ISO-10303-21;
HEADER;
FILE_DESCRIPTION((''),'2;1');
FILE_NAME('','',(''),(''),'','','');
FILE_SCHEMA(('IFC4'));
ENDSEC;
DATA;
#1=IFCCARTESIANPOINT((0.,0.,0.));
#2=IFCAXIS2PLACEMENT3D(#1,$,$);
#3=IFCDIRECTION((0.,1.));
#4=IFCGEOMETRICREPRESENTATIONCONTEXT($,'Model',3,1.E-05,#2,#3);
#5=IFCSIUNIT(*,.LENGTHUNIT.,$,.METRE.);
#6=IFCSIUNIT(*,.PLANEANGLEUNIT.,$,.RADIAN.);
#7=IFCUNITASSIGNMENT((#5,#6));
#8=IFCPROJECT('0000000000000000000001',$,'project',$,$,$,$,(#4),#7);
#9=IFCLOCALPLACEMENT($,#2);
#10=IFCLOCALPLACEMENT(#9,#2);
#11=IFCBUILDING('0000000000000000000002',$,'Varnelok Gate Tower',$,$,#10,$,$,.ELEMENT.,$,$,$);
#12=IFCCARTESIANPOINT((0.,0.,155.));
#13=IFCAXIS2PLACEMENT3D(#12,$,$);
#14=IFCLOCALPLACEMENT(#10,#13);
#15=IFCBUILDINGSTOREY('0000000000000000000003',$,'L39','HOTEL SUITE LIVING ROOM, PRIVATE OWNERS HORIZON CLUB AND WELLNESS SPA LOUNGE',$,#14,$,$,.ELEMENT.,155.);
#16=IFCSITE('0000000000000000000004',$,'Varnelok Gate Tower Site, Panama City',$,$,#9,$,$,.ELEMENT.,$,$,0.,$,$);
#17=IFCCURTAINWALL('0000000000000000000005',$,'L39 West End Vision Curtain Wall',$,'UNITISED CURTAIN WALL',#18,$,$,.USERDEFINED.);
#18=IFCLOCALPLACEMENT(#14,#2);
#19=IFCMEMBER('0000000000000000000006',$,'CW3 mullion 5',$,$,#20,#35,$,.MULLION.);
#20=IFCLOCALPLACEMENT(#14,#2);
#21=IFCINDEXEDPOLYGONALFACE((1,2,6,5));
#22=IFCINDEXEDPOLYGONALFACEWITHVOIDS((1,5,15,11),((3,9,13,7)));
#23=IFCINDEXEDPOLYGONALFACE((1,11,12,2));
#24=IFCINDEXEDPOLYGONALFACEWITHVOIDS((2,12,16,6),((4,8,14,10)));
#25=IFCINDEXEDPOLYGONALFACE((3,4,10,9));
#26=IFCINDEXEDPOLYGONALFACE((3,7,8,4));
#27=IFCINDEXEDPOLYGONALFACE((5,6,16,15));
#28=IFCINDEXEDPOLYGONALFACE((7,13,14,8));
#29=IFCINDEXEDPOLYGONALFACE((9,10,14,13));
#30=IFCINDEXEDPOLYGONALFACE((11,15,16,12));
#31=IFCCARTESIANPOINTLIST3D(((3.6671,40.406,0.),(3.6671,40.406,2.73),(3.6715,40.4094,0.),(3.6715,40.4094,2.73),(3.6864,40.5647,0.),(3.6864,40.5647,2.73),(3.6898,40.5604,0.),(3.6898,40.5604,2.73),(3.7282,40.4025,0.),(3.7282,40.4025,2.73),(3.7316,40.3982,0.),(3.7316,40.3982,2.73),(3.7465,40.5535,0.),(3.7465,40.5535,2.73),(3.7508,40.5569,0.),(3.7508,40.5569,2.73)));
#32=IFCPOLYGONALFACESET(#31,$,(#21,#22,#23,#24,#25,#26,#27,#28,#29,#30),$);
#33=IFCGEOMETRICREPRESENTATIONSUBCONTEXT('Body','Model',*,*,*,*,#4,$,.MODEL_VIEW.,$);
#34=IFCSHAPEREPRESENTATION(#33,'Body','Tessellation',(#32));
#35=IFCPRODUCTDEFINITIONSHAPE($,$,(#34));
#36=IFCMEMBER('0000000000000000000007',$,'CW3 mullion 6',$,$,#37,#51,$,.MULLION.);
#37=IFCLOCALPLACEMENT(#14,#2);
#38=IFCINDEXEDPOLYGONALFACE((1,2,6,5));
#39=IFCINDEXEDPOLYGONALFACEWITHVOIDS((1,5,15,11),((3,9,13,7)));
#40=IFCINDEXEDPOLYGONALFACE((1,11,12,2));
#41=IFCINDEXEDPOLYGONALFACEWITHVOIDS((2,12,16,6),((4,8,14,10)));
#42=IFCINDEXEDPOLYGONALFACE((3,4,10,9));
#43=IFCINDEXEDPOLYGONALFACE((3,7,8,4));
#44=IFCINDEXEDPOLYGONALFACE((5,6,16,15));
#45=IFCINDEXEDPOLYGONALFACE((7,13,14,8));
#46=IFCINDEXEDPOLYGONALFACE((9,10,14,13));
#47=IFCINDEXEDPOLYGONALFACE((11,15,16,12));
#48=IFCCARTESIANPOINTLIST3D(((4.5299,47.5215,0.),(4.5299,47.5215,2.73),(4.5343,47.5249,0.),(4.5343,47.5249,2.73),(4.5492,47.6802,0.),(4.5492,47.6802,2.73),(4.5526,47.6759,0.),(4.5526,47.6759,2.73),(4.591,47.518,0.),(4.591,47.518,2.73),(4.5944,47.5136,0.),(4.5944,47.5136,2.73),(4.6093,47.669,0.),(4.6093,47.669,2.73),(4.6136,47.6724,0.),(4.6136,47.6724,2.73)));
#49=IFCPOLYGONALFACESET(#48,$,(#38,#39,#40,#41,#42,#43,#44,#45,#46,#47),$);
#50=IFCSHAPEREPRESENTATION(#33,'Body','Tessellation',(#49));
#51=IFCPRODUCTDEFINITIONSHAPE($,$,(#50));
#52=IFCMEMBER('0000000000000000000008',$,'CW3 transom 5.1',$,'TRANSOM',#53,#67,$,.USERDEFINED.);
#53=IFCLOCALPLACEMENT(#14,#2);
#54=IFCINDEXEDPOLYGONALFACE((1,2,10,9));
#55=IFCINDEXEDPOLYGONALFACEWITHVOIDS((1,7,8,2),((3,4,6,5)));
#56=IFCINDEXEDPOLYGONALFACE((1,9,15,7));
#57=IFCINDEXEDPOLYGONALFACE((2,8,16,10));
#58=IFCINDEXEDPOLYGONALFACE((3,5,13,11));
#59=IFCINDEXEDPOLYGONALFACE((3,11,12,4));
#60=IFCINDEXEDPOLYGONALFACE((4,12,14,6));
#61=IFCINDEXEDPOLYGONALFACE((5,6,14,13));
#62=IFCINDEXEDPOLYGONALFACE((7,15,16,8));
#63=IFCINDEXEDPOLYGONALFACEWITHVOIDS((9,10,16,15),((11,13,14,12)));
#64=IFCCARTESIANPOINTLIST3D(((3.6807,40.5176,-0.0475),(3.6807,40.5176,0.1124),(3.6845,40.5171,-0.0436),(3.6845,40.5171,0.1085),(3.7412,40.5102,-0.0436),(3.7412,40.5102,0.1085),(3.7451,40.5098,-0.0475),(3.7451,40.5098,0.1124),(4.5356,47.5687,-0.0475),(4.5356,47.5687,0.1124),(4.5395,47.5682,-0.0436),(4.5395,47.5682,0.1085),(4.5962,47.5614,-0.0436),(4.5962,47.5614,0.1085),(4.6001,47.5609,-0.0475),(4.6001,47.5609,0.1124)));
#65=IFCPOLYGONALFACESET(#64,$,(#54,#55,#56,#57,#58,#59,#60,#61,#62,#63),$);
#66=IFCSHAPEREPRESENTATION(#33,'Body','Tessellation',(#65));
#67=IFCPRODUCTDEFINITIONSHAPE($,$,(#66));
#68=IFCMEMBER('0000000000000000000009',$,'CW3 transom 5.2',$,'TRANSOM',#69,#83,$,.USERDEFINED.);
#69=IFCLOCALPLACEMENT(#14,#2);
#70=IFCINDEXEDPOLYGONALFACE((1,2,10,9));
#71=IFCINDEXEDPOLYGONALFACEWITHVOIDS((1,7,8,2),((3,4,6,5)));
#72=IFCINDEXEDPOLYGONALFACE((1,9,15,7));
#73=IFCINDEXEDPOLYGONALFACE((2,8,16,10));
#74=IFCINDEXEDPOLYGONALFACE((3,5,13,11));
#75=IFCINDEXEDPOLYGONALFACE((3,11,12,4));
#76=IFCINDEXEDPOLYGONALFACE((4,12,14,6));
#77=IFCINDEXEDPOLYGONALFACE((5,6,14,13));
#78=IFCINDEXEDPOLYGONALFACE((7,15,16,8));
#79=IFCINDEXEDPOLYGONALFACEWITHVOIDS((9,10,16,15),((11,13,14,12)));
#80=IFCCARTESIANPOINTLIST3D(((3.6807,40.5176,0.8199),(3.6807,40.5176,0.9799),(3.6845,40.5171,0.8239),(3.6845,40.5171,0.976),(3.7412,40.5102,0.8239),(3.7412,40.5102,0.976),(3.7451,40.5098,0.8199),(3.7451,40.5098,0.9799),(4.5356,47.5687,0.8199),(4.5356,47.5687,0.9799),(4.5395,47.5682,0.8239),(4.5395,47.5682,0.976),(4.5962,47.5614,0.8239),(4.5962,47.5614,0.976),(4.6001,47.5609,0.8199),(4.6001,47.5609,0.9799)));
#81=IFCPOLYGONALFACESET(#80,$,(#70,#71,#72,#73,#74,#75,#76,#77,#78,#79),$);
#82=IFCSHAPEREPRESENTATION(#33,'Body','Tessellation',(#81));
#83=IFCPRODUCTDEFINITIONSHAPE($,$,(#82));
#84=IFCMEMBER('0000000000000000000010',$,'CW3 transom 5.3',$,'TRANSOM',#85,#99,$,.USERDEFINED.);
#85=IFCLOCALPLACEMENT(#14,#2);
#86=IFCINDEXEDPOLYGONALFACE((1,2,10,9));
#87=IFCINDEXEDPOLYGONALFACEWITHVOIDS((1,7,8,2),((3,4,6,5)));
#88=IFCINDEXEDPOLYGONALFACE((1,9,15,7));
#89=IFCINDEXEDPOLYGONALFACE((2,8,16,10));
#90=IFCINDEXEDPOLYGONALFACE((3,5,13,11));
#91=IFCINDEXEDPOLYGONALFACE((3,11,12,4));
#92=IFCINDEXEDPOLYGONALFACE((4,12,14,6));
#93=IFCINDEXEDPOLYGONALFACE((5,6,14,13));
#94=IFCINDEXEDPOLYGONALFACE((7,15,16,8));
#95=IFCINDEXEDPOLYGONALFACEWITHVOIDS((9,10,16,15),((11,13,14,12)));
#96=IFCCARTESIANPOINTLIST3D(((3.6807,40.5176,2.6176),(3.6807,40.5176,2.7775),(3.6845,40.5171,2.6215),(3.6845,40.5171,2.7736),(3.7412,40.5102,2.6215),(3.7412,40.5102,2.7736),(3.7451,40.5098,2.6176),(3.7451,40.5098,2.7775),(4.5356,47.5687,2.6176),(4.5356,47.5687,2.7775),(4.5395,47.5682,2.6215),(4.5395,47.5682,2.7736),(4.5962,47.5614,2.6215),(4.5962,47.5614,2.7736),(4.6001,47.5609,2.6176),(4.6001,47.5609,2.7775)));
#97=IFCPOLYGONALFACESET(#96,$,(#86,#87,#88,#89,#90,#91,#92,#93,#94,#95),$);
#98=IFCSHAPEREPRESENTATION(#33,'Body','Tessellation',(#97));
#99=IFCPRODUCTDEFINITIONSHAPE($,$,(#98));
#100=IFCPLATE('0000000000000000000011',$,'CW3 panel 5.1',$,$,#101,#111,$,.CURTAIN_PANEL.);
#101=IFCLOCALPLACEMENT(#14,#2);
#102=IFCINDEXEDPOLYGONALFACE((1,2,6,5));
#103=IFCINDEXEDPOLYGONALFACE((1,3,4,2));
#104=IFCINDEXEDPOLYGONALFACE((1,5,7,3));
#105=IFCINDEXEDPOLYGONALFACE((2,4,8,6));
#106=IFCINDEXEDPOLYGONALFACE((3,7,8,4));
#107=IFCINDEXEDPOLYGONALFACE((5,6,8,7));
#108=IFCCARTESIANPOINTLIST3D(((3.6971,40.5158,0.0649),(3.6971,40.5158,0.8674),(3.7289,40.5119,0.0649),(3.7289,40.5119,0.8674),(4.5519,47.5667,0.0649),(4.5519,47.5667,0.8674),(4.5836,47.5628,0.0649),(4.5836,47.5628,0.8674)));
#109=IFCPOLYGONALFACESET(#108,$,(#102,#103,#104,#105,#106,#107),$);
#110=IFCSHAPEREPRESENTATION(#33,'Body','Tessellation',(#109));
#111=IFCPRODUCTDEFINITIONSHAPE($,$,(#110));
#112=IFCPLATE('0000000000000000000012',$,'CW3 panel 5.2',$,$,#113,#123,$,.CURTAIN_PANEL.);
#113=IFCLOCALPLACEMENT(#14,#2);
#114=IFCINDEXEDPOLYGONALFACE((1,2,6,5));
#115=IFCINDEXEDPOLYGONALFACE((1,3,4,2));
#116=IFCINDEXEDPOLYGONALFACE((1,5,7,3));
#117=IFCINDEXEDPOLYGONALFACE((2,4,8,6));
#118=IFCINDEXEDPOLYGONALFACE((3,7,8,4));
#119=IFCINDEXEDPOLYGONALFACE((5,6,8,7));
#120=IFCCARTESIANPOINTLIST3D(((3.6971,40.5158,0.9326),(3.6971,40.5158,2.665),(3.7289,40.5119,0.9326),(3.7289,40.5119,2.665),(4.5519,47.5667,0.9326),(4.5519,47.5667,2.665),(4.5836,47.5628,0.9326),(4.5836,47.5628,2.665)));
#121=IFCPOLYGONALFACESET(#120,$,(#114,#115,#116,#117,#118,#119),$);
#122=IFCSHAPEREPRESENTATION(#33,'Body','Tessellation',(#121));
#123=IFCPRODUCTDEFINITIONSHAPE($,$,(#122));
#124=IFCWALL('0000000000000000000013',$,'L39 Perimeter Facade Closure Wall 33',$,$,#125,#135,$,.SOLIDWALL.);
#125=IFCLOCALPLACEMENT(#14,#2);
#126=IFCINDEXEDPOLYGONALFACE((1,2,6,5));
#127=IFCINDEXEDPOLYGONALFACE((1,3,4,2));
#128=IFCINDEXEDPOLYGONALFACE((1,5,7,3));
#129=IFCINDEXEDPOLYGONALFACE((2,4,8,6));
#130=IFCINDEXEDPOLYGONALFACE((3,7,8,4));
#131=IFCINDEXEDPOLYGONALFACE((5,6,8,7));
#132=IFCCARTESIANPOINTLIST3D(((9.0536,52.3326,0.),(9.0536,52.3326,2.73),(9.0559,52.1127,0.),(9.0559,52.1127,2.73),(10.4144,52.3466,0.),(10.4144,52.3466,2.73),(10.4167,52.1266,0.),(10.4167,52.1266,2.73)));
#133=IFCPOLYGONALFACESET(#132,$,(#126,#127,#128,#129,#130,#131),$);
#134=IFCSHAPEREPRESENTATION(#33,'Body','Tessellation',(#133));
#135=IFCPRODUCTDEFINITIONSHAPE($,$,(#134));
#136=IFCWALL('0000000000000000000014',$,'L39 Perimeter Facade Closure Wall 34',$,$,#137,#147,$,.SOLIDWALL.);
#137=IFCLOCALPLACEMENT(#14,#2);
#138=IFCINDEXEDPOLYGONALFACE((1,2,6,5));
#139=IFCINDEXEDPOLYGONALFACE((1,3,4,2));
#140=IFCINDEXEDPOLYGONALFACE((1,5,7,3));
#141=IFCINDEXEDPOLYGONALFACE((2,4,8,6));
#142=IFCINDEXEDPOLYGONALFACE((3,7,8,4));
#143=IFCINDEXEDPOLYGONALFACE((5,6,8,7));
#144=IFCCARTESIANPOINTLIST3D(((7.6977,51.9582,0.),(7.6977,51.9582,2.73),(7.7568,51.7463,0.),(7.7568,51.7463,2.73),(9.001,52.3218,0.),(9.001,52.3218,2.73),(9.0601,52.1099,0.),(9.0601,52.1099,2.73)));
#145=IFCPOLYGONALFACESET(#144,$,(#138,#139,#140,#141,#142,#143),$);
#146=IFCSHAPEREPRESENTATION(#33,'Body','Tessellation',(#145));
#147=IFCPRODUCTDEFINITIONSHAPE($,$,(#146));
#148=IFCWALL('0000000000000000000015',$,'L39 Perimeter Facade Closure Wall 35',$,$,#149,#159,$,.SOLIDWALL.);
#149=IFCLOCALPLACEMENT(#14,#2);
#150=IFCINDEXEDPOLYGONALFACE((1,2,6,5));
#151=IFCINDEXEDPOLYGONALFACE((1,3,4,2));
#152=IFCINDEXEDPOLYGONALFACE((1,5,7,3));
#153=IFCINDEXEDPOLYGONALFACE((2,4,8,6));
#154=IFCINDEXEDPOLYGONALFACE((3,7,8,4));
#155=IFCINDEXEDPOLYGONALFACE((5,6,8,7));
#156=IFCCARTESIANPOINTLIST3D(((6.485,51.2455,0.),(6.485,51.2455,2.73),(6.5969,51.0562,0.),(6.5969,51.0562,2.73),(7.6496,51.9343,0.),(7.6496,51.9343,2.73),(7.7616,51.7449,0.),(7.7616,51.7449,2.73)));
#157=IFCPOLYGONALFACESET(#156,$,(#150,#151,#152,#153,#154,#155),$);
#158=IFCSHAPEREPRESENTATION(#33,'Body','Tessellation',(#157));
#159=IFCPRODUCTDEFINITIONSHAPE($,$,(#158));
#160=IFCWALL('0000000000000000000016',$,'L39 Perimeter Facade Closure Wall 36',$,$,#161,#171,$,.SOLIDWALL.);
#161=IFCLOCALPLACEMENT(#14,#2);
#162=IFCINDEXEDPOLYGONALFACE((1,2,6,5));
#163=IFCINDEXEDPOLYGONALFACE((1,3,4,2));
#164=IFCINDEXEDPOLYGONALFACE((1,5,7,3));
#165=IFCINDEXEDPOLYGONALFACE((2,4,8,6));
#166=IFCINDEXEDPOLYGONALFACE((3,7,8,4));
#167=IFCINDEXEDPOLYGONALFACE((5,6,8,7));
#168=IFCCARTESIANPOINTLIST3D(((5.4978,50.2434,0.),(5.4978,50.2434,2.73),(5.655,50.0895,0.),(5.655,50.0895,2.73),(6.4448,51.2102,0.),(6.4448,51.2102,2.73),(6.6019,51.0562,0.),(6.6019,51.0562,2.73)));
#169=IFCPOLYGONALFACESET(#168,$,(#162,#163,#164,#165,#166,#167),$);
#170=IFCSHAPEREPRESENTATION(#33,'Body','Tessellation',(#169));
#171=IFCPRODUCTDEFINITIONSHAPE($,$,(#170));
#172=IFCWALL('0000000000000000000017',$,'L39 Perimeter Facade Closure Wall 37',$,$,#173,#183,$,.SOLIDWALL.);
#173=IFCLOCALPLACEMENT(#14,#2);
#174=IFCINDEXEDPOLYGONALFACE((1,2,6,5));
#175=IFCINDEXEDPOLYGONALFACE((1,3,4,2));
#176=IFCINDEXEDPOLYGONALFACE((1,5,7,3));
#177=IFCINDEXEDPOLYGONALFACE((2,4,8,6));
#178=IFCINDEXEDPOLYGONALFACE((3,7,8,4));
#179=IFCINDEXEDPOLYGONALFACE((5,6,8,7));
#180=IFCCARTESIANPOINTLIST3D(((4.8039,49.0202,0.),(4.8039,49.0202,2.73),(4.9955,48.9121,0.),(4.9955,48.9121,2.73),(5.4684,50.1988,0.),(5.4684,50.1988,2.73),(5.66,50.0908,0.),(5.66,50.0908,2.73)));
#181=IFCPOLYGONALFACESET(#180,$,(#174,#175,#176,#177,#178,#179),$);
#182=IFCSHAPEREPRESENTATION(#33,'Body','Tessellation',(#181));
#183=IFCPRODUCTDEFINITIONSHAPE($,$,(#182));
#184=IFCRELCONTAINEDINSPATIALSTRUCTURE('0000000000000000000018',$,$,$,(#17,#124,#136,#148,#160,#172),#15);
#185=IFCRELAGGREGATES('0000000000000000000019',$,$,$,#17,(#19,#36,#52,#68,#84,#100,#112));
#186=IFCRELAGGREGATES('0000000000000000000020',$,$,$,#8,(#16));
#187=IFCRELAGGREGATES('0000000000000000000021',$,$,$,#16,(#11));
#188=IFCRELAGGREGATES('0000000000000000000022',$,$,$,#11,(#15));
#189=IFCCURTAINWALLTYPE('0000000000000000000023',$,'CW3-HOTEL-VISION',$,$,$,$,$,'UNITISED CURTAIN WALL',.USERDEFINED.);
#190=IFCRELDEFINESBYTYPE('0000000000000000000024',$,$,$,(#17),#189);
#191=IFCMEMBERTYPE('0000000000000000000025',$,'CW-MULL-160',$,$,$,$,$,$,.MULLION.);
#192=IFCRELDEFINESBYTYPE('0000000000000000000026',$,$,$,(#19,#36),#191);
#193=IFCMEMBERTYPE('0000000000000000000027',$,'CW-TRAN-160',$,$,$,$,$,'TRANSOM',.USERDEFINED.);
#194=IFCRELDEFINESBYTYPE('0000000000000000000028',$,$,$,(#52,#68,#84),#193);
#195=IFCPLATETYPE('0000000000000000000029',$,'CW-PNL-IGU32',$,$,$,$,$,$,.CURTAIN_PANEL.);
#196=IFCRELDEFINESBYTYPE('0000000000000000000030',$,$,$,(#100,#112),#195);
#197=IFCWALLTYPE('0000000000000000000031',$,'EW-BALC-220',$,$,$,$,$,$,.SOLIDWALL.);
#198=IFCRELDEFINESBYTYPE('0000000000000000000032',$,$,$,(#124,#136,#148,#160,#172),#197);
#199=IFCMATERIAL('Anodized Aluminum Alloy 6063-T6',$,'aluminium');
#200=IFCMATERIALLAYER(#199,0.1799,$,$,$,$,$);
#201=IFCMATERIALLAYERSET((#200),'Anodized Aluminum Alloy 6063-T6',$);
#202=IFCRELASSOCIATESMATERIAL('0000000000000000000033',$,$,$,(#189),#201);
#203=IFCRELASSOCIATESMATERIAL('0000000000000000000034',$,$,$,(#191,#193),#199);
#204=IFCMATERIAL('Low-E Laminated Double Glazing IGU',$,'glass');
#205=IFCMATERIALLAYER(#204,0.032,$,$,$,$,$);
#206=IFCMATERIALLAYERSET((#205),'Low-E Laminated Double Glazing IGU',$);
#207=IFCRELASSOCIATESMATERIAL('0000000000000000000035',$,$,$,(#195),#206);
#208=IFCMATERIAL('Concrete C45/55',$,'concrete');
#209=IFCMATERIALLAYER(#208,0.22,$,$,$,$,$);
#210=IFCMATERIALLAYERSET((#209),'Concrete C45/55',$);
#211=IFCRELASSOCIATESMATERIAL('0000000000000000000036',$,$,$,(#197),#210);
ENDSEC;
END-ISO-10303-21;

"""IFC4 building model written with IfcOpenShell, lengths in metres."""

from ifc_helpers import new_model, si_unit, direction, frame, frame_2d, origin, origin_2d, place, context, subcontext, project, spatial, rectangle, hollow_rectangle, extrude, source, transform, mapped, material, layer, layer_set, material_profile, profile_set, type_object, element, aggregate, save


model = new_model("IFC4")

# Units and contexts
model_context = context("Model", 3, precision=1e-05, world=origin(), true_north=direction((0.0, 1.0)))
body_context = subcontext(model_context, "Body", "Model", "MODEL_VIEW")
ifc_project = project(units=[si_unit("LENGTHUNIT", "METRE"), si_unit("PLANEANGLEUNIT", "RADIAN")], contexts=[model_context])

# Site, building, storey
site_placement = place(None, origin())
site = spatial("IfcSite", under=ifc_project, at=site_placement, Name="Varnelok Gate Tower Site, Panama City", CompositionType="ELEMENT", RefElevation=0.0)
building_placement = place(site_placement, origin())
building = spatial("IfcBuilding", under=site, at=building_placement, Name="Varnelok Gate Tower", CompositionType="ELEMENT")
storey_placement = place(building_placement, frame((0.0, 0.0, 155.0)))
storey = spatial("IfcBuildingStorey", under=building, at=storey_placement, Name="L39", Description="HOTEL SUITE LIVING ROOM, PRIVATE OWNERS HORIZON CLUB AND WELLNESS SPA LOUNGE", CompositionType="ELEMENT", Elevation=155.0)

# Curtain wall, members, plates
ifc_material_1 = material(Name="Anodized Aluminum Alloy 6063-T6", Category="aluminium")
ifc_layer_1 = layer(ifc_material_1, 0.1799)
ifc_layer_set_1 = layer_set([ifc_layer_1], Name="Anodized Aluminum Alloy 6063-T6")
curtain_wall_type = type_object("IfcCurtainWallType", Name="CW3-HOTEL-VISION", ElementType="UNITISED CURTAIN WALL", PredefinedType="USERDEFINED", material=ifc_layer_set_1)
curtain_wall_placement = place(storey_placement, origin())
curtain_wall = element("IfcCurtainWall", 1, at=curtain_wall_placement, inside=storey, type_object=curtain_wall_type, Name="L39 West End Vision Curtain Wall", ObjectType="UNITISED CURTAIN WALL", PredefinedType="USERDEFINED")
ifc_material_profile_1 = material_profile(ifc_material_1, hollow_rectangle(XDim=0.0649, YDim=0.1599, WallThickness=0.0039, at=origin_2d()), Name="ALU160X65X4")
ifc_profile_set_1 = profile_set([ifc_material_profile_1], Name="Anodized Aluminum Alloy 6063-T6")
member_type_1 = type_object("IfcMemberType", Name="CW-MULL-160", PredefinedType="MULLION", material=ifc_profile_set_1)
member_1_placement = place(storey_placement, frame((3.709, 40.4814, 0.0), z_axis=(0.0, 0.0, 1.0), x_axis=(-0.992732, 0.120347, 0.0)))
member_1 = element("IfcMember", 2, at=member_1_placement, type_object=member_type_1, Name="CW3 mullion 5", PredefinedType="MULLION", context=body_context, shape_type="SweptSolid", body=[
    extrude(hollow_rectangle(XDim=0.0649, YDim=0.1599, WallThickness=0.0039, at=origin_2d()), origin(), (0.0, 0.0, 1.0), 2.73),
])
member_2_placement = place(storey_placement, frame((4.5718, 47.5969, 0.0), z_axis=(0.0, 0.0, 1.0), x_axis=(-0.992732, 0.120347, 0.0)))
member_2 = element("IfcMember", 3, at=member_2_placement, type_object=member_type_1, Name="CW3 mullion 6", PredefinedType="MULLION", context=body_context, shape_type="SweptSolid", body=[
    extrude(hollow_rectangle(XDim=0.0649, YDim=0.1599, WallThickness=0.0039, at=origin_2d()), origin(), (0.0, 0.0, 1.0), 2.73),
])
ifc_material_profile_2 = material_profile(ifc_material_1, hollow_rectangle(XDim=0.0649, YDim=0.1599, WallThickness=0.0039, at=origin_2d()), Name="ALU160X65X4")
ifc_profile_set_2 = profile_set([ifc_material_profile_2], Name="Anodized Aluminum Alloy 6063-T6")
member_type_2 = type_object("IfcMemberType", Name="CW-TRAN-160", ElementType="TRANSOM", PredefinedType="USERDEFINED", material=ifc_profile_set_2)
member_3_placement = place(storey_placement, frame((3.7129, 40.5137, 0.0325), z_axis=(0.120374, 0.992729, 0.0), x_axis=(-0.992729, 0.120374, 0.0)))
member_3 = element("IfcMember", 4, at=member_3_placement, type_object=member_type_2, Name="CW3 transom 5.1", ObjectType="TRANSOM", PredefinedType="USERDEFINED", context=body_context, shape_type="SweptSolid", body=[
    extrude(hollow_rectangle(XDim=0.0649, YDim=0.1599, WallThickness=0.0039, at=origin_2d()), origin(), (0.0, 0.0, 1.0), 7.1028),
])
member_4_placement = place(storey_placement, frame((3.7129, 40.5137, 0.8999), z_axis=(0.120374, 0.992729, 0.0), x_axis=(-0.992729, 0.120374, 0.0)))
member_4 = element("IfcMember", 5, at=member_4_placement, type_object=member_type_2, Name="CW3 transom 5.2", ObjectType="TRANSOM", PredefinedType="USERDEFINED", context=body_context, shape_type="SweptSolid", body=[
    extrude(hollow_rectangle(XDim=0.0649, YDim=0.1599, WallThickness=0.0039, at=origin_2d()), origin(), (0.0, 0.0, 1.0), 7.1028),
])
member_5_placement = place(storey_placement, frame((3.7129, 40.5137, 2.6975), z_axis=(0.120374, 0.992729, 0.0), x_axis=(-0.992729, 0.120374, 0.0)))
member_5 = element("IfcMember", 6, at=member_5_placement, type_object=member_type_2, Name="CW3 transom 5.3", ObjectType="TRANSOM", PredefinedType="USERDEFINED", context=body_context, shape_type="SweptSolid", body=[
    extrude(hollow_rectangle(XDim=0.0649, YDim=0.1599, WallThickness=0.0039, at=origin_2d()), origin(), (0.0, 0.0, 1.0), 7.1028),
])
ifc_material_2 = material(Name="Low-E Laminated Double Glazing IGU", Category="glass")
ifc_layer_2 = layer(ifc_material_2, 0.032)
ifc_layer_set_2 = layer_set([ifc_layer_2], Name="Low-E Laminated Double Glazing IGU")
plate_type = type_object("IfcPlateType", Name="CW-PNL-IGU32", PredefinedType="CURTAIN_PANEL", material=ifc_layer_set_2)
shared_shape_1 = source(origin(), body_context, "Body", "SweptSolid", [
    extrude(rectangle(XDim=7.1025, YDim=0.032, at=origin_2d()), origin(), (0.0, 0.0, 1.0), 0.8025),
])
plate_1_placement = place(storey_placement, frame((4.1404, 44.0393, 0.0649), z_axis=(0.0, 0.0, 1.0), x_axis=(0.120347, 0.992732, 0.0)))
plate_1 = element("IfcPlate", 7, at=plate_1_placement, type_object=plate_type, Name="CW3 panel 5.1", PredefinedType="CURTAIN_PANEL", context=body_context, shape_type="MappedRepresentation", body=[
    mapped(shared_shape_1, transform((0.0, 0.0, 0.0), scale=1.0)),
])
shared_shape_2 = source(origin(), body_context, "Body", "SweptSolid", [
    extrude(rectangle(XDim=7.1025, YDim=0.032, at=origin_2d()), origin(), (0.0, 0.0, 1.0), 1.7324),
])
plate_2_placement = place(storey_placement, frame((4.1404, 44.0393, 0.9326), z_axis=(0.0, 0.0, 1.0), x_axis=(0.120347, 0.992732, 0.0)))
plate_2 = element("IfcPlate", 8, at=plate_2_placement, type_object=plate_type, Name="CW3 panel 5.2", PredefinedType="CURTAIN_PANEL", context=body_context, shape_type="MappedRepresentation", body=[
    mapped(shared_shape_2, transform((0.0, 0.0, 0.0), scale=1.0)),
])
aggregate(curtain_wall, [member_1, member_2, member_3, member_4, member_5, plate_1, plate_2])

# Walls
ifc_material_3 = material(Name="Concrete C45/55", Category="concrete")
ifc_layer_3 = layer(ifc_material_3, 0.22)
ifc_layer_set_3 = layer_set([ifc_layer_3], Name="Concrete C45/55")
wall_type_1 = type_object("IfcWallType", Name="EW-BALC-220", PredefinedType="SOLIDWALL", material=ifc_layer_set_3)
wall_1_placement = place(storey_placement, frame((10.4155, 52.2366, 0.0), z_axis=(0.0, 0.0, 1.0), x_axis=(-0.999948, -0.010226, 0.0)))
element("IfcWall", 9, at=wall_1_placement, inside=storey, type_object=wall_type_1, Name="L39 Perimeter Facade Closure Wall 33", PredefinedType="SOLIDWALL", context=body_context, shape_type="SweptSolid", body=[
    extrude(rectangle(XDim=1.3608, YDim=0.22, at=frame_2d((0.6804, 0.0))), origin(), (0.0, 0.0, 1.0), 2.73),
])
for number, where, z_axis, x_axis, name in (
    (10, (9.0305, 52.2158, 0.0), (0.0, 0.0, 1.0), (-0.963228, -0.268686, 0.0), "L39 Perimeter Facade Closure Wall 34"),
    (11, (7.7056, 51.8396, 0.0), (0.0, 0.0, 1.0), (-0.86074, -0.509045, 0.0), "L39 Perimeter Facade Closure Wall 35"),
):
    element("IfcWall", number, at=place(storey_placement, frame(where, z_axis=z_axis, x_axis=x_axis)), inside=storey, type_object=wall_type_1, Name=name, PredefinedType="SOLIDWALL", context=body_context, shape_type="SweptSolid", body=[
        extrude(rectangle(XDim=1.353, YDim=0.22, at=frame_2d((0.6765, 0.0))), origin(), (0.0, 0.0, 1.0), 2.73),
    ])
wall_2_placement = place(storey_placement, frame((6.5234, 51.1333, 0.0), z_axis=(0.0, 0.0, 1.0), x_axis=(-0.699763, -0.714375, 0.0)))
element("IfcWall", 12, at=wall_2_placement, inside=storey, type_object=wall_type_1, Name="L39 Perimeter Facade Closure Wall 36", PredefinedType="SOLIDWALL", context=body_context, shape_type="SweptSolid", body=[
    extrude(rectangle(XDim=1.3533, YDim=0.22, at=frame_2d((0.6768, 0.0))), origin(), (0.0, 0.0, 1.0), 2.73),
])
wall_3_placement = place(storey_placement, frame((5.5642, 50.1448, 0.0), z_axis=(0.0, 0.0, 1.0), x_axis=(-0.491118, -0.871093, 0.0)))
element("IfcWall", 13, at=wall_3_placement, inside=storey, type_object=wall_type_1, Name="L39 Perimeter Facade Closure Wall 37", PredefinedType="SOLIDWALL", context=body_context, shape_type="SweptSolid", body=[
    extrude(rectangle(XDim=1.353, YDim=0.22, at=frame_2d((0.6765, 0.0))), origin(), (0.0, 0.0, 1.0), 2.73),
])

save(model, "model.ifc")
